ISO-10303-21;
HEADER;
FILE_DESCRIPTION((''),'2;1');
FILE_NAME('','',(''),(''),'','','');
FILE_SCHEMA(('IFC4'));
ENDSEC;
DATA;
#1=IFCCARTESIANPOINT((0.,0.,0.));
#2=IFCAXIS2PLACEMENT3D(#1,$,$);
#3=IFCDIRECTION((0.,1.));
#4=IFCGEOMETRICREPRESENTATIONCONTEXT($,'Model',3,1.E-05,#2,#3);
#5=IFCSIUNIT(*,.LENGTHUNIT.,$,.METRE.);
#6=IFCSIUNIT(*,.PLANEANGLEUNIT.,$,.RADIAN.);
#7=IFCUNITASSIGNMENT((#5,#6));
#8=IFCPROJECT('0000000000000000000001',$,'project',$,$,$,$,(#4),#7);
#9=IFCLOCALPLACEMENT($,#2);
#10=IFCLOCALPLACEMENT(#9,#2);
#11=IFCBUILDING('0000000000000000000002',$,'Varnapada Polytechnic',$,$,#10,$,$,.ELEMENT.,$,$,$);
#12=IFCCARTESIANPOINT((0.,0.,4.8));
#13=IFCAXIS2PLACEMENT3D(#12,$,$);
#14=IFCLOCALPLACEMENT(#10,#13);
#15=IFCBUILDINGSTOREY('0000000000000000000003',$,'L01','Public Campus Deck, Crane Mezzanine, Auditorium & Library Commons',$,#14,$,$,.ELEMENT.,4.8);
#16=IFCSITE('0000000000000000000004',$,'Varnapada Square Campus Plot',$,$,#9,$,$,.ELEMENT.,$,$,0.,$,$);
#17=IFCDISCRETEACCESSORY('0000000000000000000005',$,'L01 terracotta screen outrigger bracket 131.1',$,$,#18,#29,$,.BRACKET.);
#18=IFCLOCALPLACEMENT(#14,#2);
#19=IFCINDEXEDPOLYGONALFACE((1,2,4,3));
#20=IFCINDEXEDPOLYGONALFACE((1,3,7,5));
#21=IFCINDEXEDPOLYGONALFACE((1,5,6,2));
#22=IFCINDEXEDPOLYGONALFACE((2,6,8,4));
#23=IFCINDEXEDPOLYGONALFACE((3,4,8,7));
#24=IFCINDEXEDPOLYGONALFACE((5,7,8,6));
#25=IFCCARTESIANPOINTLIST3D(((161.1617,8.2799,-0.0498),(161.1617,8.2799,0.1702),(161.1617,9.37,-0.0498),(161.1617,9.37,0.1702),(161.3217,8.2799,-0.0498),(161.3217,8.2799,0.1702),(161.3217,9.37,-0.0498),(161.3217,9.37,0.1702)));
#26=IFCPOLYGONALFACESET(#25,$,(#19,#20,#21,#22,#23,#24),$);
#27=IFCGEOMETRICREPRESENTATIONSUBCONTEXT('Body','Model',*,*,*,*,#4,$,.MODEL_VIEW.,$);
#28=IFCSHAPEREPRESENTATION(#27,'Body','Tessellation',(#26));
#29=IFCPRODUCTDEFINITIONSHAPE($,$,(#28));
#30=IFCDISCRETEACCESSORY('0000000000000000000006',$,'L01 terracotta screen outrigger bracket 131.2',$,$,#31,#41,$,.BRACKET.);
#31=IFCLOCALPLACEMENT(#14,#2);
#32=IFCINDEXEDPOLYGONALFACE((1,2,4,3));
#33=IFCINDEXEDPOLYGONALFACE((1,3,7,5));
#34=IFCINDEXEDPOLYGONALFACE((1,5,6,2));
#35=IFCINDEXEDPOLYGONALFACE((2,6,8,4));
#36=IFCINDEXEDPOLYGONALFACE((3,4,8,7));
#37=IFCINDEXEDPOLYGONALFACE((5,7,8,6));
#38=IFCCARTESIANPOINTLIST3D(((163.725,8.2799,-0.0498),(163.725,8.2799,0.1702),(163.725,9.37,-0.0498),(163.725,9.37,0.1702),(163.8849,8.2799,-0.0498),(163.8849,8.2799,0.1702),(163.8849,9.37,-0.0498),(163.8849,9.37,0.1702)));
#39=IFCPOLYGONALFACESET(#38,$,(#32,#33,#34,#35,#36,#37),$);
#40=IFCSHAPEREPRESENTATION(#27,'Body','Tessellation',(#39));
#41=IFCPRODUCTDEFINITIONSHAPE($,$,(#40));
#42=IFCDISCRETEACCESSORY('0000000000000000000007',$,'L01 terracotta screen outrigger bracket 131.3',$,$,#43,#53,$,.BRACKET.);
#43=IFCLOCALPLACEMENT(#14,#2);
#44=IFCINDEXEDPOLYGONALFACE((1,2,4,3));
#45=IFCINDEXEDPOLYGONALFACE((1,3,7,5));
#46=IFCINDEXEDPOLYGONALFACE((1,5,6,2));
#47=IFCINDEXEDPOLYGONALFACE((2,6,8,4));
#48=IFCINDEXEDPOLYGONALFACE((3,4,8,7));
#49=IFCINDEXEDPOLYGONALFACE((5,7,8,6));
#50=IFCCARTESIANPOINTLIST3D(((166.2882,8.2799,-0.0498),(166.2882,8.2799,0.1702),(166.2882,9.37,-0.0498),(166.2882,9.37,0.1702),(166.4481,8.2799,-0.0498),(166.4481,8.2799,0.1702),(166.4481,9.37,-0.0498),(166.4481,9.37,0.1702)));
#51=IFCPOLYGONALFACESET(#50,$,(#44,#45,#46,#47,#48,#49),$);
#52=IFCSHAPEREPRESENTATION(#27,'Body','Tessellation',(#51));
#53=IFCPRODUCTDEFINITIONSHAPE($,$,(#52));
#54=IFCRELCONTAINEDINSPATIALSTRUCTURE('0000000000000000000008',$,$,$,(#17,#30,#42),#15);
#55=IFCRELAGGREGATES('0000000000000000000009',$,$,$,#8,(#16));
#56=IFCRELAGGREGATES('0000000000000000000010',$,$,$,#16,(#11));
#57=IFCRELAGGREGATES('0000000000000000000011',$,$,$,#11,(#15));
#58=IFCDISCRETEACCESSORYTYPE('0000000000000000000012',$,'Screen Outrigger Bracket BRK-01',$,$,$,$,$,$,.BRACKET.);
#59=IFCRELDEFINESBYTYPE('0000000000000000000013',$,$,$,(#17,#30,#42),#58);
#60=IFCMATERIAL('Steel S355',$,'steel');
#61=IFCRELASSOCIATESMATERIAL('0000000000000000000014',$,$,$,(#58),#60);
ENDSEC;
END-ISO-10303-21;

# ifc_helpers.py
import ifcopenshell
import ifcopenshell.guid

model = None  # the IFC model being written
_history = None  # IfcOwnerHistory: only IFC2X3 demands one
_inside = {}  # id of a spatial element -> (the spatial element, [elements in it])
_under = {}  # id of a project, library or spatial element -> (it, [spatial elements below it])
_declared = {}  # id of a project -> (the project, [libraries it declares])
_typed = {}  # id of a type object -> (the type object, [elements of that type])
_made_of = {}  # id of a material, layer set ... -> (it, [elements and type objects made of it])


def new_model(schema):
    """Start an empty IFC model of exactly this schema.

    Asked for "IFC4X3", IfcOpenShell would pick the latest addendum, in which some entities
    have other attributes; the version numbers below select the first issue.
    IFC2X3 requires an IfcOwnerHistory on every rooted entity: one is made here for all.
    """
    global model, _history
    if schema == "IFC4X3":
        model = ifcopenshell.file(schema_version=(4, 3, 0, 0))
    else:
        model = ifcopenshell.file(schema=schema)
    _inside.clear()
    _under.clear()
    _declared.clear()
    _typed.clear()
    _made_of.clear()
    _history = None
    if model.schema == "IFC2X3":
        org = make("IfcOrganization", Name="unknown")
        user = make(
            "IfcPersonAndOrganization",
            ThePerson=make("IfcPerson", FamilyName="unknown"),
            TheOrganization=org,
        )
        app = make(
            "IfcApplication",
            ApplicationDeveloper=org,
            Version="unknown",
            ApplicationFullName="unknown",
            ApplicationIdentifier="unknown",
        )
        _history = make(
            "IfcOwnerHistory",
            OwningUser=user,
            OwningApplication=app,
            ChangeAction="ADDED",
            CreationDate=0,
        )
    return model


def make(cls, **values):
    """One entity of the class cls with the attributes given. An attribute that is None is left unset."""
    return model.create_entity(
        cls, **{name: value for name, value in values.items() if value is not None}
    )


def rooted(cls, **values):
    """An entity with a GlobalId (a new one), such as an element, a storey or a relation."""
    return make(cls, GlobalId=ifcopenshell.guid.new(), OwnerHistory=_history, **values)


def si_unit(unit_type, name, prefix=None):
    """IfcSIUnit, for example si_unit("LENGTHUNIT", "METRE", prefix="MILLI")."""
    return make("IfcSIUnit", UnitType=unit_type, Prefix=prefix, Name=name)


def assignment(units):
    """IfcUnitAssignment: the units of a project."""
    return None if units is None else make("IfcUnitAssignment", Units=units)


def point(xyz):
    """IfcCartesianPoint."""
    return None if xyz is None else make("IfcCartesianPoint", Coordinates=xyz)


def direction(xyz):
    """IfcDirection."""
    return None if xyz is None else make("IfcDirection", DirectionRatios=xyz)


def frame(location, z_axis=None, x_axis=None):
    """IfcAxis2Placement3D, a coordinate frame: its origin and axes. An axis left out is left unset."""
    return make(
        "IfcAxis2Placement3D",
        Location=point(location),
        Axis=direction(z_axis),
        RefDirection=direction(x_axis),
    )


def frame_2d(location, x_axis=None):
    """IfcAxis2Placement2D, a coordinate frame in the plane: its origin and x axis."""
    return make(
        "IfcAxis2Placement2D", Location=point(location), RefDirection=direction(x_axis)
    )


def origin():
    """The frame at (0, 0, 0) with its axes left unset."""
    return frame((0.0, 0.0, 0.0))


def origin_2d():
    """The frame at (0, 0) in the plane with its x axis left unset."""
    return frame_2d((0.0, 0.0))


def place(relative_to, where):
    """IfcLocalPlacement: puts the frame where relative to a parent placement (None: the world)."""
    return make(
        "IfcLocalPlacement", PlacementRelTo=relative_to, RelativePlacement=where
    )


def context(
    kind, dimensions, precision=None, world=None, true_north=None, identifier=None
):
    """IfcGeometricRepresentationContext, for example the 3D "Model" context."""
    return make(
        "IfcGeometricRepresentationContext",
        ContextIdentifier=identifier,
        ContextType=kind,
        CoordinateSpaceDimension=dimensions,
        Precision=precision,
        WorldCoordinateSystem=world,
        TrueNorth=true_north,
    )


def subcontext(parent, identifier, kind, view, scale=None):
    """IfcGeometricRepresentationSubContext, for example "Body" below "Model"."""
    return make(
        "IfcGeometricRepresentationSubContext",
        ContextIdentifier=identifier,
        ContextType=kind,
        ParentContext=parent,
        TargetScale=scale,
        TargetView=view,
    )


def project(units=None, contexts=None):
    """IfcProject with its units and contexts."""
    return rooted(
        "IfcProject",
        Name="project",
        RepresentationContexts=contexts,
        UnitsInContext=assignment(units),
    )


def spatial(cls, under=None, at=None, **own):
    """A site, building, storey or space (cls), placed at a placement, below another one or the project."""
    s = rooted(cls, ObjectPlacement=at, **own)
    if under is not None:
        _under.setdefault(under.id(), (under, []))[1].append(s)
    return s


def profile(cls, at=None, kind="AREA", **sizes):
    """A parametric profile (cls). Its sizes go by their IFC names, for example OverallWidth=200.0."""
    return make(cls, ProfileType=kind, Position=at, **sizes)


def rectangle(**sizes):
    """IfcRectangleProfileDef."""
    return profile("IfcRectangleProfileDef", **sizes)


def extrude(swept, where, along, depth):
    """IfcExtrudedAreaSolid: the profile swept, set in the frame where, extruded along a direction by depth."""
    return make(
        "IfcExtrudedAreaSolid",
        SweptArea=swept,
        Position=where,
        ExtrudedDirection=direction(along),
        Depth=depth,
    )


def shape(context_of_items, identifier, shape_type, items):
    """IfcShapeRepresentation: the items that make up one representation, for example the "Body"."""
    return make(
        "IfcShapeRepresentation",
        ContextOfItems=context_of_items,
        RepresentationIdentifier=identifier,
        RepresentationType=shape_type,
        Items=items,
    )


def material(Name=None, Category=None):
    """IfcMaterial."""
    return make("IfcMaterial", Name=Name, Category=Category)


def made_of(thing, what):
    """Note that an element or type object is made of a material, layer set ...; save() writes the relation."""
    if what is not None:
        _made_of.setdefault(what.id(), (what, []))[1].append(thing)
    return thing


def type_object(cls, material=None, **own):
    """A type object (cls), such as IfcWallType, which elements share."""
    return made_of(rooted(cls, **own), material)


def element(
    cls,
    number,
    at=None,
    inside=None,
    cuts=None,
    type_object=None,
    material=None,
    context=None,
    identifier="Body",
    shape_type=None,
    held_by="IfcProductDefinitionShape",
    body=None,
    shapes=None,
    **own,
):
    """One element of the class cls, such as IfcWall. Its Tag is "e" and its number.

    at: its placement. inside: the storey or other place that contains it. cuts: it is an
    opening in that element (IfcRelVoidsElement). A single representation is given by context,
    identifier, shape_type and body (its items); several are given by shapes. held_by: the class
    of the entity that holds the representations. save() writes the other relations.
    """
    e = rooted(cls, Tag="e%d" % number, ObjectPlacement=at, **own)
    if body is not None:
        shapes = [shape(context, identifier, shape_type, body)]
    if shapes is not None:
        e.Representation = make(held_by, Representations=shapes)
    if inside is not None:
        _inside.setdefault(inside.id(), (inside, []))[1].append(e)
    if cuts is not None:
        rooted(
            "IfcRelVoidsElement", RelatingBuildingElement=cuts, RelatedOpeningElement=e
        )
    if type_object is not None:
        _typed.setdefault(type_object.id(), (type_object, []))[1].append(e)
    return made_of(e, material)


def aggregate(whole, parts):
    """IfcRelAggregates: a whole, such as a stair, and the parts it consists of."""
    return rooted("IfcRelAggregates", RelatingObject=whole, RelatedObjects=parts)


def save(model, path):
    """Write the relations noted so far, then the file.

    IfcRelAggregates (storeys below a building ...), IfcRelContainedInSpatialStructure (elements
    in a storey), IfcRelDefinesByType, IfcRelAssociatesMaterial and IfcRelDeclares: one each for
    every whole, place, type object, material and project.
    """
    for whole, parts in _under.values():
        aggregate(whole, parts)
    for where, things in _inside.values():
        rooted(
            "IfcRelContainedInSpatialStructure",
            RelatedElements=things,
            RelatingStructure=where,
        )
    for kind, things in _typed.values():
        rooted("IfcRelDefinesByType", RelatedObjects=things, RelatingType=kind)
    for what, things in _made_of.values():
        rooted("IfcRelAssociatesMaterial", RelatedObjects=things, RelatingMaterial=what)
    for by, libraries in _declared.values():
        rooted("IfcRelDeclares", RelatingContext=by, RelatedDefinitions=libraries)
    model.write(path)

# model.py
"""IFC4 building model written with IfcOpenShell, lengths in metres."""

from ifc_helpers import new_model, si_unit, direction, frame, origin, origin_2d, place, context, subcontext, project, spatial, rectangle, extrude, material, type_object, element, save


model = new_model("IFC4")

# Units and contexts
model_context = context("Model", 3, precision=1e-05, world=origin(), true_north=direction((0.0, 1.0)))
body_context = subcontext(model_context, "Body", "Model", "MODEL_VIEW")
ifc_project = project(units=[si_unit("LENGTHUNIT", "METRE"), si_unit("PLANEANGLEUNIT", "RADIAN")], contexts=[model_context])

# Site, building, storey
site_placement = place(None, origin())
site = spatial("IfcSite", under=ifc_project, at=site_placement, Name="Varnapada Square Campus Plot", CompositionType="ELEMENT", RefElevation=0.0)
building_placement = place(site_placement, origin())
building = spatial("IfcBuilding", under=site, at=building_placement, Name="Varnapada Polytechnic", CompositionType="ELEMENT")
storey_placement = place(building_placement, frame((0.0, 0.0, 4.8)))
storey = spatial("IfcBuildingStorey", under=building, at=storey_placement, Name="L01", Description="Public Campus Deck, Crane Mezzanine, Auditorium & Library Commons", CompositionType="ELEMENT", Elevation=4.8)

# Discrete accessories
ifc_material_1 = material(Name="Steel S355", Category="steel")
discrete_accessory_type = type_object("IfcDiscreteAccessoryType", Name="Screen Outrigger Bracket BRK-01", PredefinedType="BRACKET", material=ifc_material_1)
for number, where, z_axis, x_axis, name in (
    (1, (161.2417, 8.825, -0.0498), (0.0, 0.0, 1.0), (1.0, 0.0, 0.0), "L01 terracotta screen outrigger bracket 131.1"),
    (2, (163.8049, 8.825, -0.0498), (0.0, 0.0, 1.0), (1.0, 0.0, 0.0), "L01 terracotta screen outrigger bracket 131.2"),
    (3, (166.3682, 8.825, -0.0498), (0.0, 0.0, 1.0), (1.0, 0.0, 0.0), "L01 terracotta screen outrigger bracket 131.3"),
):
    element("IfcDiscreteAccessory", number, at=place(storey_placement, frame(where, z_axis=z_axis, x_axis=x_axis)), inside=storey, type_object=discrete_accessory_type, Name=name, PredefinedType="BRACKET", context=body_context, shape_type="SweptSolid", body=[
        extrude(rectangle(XDim=0.1599, YDim=1.0901, at=origin_2d()), origin(), (0.0, 0.0, 1.0), 0.22),
    ])

save(model, "model.ifc")
